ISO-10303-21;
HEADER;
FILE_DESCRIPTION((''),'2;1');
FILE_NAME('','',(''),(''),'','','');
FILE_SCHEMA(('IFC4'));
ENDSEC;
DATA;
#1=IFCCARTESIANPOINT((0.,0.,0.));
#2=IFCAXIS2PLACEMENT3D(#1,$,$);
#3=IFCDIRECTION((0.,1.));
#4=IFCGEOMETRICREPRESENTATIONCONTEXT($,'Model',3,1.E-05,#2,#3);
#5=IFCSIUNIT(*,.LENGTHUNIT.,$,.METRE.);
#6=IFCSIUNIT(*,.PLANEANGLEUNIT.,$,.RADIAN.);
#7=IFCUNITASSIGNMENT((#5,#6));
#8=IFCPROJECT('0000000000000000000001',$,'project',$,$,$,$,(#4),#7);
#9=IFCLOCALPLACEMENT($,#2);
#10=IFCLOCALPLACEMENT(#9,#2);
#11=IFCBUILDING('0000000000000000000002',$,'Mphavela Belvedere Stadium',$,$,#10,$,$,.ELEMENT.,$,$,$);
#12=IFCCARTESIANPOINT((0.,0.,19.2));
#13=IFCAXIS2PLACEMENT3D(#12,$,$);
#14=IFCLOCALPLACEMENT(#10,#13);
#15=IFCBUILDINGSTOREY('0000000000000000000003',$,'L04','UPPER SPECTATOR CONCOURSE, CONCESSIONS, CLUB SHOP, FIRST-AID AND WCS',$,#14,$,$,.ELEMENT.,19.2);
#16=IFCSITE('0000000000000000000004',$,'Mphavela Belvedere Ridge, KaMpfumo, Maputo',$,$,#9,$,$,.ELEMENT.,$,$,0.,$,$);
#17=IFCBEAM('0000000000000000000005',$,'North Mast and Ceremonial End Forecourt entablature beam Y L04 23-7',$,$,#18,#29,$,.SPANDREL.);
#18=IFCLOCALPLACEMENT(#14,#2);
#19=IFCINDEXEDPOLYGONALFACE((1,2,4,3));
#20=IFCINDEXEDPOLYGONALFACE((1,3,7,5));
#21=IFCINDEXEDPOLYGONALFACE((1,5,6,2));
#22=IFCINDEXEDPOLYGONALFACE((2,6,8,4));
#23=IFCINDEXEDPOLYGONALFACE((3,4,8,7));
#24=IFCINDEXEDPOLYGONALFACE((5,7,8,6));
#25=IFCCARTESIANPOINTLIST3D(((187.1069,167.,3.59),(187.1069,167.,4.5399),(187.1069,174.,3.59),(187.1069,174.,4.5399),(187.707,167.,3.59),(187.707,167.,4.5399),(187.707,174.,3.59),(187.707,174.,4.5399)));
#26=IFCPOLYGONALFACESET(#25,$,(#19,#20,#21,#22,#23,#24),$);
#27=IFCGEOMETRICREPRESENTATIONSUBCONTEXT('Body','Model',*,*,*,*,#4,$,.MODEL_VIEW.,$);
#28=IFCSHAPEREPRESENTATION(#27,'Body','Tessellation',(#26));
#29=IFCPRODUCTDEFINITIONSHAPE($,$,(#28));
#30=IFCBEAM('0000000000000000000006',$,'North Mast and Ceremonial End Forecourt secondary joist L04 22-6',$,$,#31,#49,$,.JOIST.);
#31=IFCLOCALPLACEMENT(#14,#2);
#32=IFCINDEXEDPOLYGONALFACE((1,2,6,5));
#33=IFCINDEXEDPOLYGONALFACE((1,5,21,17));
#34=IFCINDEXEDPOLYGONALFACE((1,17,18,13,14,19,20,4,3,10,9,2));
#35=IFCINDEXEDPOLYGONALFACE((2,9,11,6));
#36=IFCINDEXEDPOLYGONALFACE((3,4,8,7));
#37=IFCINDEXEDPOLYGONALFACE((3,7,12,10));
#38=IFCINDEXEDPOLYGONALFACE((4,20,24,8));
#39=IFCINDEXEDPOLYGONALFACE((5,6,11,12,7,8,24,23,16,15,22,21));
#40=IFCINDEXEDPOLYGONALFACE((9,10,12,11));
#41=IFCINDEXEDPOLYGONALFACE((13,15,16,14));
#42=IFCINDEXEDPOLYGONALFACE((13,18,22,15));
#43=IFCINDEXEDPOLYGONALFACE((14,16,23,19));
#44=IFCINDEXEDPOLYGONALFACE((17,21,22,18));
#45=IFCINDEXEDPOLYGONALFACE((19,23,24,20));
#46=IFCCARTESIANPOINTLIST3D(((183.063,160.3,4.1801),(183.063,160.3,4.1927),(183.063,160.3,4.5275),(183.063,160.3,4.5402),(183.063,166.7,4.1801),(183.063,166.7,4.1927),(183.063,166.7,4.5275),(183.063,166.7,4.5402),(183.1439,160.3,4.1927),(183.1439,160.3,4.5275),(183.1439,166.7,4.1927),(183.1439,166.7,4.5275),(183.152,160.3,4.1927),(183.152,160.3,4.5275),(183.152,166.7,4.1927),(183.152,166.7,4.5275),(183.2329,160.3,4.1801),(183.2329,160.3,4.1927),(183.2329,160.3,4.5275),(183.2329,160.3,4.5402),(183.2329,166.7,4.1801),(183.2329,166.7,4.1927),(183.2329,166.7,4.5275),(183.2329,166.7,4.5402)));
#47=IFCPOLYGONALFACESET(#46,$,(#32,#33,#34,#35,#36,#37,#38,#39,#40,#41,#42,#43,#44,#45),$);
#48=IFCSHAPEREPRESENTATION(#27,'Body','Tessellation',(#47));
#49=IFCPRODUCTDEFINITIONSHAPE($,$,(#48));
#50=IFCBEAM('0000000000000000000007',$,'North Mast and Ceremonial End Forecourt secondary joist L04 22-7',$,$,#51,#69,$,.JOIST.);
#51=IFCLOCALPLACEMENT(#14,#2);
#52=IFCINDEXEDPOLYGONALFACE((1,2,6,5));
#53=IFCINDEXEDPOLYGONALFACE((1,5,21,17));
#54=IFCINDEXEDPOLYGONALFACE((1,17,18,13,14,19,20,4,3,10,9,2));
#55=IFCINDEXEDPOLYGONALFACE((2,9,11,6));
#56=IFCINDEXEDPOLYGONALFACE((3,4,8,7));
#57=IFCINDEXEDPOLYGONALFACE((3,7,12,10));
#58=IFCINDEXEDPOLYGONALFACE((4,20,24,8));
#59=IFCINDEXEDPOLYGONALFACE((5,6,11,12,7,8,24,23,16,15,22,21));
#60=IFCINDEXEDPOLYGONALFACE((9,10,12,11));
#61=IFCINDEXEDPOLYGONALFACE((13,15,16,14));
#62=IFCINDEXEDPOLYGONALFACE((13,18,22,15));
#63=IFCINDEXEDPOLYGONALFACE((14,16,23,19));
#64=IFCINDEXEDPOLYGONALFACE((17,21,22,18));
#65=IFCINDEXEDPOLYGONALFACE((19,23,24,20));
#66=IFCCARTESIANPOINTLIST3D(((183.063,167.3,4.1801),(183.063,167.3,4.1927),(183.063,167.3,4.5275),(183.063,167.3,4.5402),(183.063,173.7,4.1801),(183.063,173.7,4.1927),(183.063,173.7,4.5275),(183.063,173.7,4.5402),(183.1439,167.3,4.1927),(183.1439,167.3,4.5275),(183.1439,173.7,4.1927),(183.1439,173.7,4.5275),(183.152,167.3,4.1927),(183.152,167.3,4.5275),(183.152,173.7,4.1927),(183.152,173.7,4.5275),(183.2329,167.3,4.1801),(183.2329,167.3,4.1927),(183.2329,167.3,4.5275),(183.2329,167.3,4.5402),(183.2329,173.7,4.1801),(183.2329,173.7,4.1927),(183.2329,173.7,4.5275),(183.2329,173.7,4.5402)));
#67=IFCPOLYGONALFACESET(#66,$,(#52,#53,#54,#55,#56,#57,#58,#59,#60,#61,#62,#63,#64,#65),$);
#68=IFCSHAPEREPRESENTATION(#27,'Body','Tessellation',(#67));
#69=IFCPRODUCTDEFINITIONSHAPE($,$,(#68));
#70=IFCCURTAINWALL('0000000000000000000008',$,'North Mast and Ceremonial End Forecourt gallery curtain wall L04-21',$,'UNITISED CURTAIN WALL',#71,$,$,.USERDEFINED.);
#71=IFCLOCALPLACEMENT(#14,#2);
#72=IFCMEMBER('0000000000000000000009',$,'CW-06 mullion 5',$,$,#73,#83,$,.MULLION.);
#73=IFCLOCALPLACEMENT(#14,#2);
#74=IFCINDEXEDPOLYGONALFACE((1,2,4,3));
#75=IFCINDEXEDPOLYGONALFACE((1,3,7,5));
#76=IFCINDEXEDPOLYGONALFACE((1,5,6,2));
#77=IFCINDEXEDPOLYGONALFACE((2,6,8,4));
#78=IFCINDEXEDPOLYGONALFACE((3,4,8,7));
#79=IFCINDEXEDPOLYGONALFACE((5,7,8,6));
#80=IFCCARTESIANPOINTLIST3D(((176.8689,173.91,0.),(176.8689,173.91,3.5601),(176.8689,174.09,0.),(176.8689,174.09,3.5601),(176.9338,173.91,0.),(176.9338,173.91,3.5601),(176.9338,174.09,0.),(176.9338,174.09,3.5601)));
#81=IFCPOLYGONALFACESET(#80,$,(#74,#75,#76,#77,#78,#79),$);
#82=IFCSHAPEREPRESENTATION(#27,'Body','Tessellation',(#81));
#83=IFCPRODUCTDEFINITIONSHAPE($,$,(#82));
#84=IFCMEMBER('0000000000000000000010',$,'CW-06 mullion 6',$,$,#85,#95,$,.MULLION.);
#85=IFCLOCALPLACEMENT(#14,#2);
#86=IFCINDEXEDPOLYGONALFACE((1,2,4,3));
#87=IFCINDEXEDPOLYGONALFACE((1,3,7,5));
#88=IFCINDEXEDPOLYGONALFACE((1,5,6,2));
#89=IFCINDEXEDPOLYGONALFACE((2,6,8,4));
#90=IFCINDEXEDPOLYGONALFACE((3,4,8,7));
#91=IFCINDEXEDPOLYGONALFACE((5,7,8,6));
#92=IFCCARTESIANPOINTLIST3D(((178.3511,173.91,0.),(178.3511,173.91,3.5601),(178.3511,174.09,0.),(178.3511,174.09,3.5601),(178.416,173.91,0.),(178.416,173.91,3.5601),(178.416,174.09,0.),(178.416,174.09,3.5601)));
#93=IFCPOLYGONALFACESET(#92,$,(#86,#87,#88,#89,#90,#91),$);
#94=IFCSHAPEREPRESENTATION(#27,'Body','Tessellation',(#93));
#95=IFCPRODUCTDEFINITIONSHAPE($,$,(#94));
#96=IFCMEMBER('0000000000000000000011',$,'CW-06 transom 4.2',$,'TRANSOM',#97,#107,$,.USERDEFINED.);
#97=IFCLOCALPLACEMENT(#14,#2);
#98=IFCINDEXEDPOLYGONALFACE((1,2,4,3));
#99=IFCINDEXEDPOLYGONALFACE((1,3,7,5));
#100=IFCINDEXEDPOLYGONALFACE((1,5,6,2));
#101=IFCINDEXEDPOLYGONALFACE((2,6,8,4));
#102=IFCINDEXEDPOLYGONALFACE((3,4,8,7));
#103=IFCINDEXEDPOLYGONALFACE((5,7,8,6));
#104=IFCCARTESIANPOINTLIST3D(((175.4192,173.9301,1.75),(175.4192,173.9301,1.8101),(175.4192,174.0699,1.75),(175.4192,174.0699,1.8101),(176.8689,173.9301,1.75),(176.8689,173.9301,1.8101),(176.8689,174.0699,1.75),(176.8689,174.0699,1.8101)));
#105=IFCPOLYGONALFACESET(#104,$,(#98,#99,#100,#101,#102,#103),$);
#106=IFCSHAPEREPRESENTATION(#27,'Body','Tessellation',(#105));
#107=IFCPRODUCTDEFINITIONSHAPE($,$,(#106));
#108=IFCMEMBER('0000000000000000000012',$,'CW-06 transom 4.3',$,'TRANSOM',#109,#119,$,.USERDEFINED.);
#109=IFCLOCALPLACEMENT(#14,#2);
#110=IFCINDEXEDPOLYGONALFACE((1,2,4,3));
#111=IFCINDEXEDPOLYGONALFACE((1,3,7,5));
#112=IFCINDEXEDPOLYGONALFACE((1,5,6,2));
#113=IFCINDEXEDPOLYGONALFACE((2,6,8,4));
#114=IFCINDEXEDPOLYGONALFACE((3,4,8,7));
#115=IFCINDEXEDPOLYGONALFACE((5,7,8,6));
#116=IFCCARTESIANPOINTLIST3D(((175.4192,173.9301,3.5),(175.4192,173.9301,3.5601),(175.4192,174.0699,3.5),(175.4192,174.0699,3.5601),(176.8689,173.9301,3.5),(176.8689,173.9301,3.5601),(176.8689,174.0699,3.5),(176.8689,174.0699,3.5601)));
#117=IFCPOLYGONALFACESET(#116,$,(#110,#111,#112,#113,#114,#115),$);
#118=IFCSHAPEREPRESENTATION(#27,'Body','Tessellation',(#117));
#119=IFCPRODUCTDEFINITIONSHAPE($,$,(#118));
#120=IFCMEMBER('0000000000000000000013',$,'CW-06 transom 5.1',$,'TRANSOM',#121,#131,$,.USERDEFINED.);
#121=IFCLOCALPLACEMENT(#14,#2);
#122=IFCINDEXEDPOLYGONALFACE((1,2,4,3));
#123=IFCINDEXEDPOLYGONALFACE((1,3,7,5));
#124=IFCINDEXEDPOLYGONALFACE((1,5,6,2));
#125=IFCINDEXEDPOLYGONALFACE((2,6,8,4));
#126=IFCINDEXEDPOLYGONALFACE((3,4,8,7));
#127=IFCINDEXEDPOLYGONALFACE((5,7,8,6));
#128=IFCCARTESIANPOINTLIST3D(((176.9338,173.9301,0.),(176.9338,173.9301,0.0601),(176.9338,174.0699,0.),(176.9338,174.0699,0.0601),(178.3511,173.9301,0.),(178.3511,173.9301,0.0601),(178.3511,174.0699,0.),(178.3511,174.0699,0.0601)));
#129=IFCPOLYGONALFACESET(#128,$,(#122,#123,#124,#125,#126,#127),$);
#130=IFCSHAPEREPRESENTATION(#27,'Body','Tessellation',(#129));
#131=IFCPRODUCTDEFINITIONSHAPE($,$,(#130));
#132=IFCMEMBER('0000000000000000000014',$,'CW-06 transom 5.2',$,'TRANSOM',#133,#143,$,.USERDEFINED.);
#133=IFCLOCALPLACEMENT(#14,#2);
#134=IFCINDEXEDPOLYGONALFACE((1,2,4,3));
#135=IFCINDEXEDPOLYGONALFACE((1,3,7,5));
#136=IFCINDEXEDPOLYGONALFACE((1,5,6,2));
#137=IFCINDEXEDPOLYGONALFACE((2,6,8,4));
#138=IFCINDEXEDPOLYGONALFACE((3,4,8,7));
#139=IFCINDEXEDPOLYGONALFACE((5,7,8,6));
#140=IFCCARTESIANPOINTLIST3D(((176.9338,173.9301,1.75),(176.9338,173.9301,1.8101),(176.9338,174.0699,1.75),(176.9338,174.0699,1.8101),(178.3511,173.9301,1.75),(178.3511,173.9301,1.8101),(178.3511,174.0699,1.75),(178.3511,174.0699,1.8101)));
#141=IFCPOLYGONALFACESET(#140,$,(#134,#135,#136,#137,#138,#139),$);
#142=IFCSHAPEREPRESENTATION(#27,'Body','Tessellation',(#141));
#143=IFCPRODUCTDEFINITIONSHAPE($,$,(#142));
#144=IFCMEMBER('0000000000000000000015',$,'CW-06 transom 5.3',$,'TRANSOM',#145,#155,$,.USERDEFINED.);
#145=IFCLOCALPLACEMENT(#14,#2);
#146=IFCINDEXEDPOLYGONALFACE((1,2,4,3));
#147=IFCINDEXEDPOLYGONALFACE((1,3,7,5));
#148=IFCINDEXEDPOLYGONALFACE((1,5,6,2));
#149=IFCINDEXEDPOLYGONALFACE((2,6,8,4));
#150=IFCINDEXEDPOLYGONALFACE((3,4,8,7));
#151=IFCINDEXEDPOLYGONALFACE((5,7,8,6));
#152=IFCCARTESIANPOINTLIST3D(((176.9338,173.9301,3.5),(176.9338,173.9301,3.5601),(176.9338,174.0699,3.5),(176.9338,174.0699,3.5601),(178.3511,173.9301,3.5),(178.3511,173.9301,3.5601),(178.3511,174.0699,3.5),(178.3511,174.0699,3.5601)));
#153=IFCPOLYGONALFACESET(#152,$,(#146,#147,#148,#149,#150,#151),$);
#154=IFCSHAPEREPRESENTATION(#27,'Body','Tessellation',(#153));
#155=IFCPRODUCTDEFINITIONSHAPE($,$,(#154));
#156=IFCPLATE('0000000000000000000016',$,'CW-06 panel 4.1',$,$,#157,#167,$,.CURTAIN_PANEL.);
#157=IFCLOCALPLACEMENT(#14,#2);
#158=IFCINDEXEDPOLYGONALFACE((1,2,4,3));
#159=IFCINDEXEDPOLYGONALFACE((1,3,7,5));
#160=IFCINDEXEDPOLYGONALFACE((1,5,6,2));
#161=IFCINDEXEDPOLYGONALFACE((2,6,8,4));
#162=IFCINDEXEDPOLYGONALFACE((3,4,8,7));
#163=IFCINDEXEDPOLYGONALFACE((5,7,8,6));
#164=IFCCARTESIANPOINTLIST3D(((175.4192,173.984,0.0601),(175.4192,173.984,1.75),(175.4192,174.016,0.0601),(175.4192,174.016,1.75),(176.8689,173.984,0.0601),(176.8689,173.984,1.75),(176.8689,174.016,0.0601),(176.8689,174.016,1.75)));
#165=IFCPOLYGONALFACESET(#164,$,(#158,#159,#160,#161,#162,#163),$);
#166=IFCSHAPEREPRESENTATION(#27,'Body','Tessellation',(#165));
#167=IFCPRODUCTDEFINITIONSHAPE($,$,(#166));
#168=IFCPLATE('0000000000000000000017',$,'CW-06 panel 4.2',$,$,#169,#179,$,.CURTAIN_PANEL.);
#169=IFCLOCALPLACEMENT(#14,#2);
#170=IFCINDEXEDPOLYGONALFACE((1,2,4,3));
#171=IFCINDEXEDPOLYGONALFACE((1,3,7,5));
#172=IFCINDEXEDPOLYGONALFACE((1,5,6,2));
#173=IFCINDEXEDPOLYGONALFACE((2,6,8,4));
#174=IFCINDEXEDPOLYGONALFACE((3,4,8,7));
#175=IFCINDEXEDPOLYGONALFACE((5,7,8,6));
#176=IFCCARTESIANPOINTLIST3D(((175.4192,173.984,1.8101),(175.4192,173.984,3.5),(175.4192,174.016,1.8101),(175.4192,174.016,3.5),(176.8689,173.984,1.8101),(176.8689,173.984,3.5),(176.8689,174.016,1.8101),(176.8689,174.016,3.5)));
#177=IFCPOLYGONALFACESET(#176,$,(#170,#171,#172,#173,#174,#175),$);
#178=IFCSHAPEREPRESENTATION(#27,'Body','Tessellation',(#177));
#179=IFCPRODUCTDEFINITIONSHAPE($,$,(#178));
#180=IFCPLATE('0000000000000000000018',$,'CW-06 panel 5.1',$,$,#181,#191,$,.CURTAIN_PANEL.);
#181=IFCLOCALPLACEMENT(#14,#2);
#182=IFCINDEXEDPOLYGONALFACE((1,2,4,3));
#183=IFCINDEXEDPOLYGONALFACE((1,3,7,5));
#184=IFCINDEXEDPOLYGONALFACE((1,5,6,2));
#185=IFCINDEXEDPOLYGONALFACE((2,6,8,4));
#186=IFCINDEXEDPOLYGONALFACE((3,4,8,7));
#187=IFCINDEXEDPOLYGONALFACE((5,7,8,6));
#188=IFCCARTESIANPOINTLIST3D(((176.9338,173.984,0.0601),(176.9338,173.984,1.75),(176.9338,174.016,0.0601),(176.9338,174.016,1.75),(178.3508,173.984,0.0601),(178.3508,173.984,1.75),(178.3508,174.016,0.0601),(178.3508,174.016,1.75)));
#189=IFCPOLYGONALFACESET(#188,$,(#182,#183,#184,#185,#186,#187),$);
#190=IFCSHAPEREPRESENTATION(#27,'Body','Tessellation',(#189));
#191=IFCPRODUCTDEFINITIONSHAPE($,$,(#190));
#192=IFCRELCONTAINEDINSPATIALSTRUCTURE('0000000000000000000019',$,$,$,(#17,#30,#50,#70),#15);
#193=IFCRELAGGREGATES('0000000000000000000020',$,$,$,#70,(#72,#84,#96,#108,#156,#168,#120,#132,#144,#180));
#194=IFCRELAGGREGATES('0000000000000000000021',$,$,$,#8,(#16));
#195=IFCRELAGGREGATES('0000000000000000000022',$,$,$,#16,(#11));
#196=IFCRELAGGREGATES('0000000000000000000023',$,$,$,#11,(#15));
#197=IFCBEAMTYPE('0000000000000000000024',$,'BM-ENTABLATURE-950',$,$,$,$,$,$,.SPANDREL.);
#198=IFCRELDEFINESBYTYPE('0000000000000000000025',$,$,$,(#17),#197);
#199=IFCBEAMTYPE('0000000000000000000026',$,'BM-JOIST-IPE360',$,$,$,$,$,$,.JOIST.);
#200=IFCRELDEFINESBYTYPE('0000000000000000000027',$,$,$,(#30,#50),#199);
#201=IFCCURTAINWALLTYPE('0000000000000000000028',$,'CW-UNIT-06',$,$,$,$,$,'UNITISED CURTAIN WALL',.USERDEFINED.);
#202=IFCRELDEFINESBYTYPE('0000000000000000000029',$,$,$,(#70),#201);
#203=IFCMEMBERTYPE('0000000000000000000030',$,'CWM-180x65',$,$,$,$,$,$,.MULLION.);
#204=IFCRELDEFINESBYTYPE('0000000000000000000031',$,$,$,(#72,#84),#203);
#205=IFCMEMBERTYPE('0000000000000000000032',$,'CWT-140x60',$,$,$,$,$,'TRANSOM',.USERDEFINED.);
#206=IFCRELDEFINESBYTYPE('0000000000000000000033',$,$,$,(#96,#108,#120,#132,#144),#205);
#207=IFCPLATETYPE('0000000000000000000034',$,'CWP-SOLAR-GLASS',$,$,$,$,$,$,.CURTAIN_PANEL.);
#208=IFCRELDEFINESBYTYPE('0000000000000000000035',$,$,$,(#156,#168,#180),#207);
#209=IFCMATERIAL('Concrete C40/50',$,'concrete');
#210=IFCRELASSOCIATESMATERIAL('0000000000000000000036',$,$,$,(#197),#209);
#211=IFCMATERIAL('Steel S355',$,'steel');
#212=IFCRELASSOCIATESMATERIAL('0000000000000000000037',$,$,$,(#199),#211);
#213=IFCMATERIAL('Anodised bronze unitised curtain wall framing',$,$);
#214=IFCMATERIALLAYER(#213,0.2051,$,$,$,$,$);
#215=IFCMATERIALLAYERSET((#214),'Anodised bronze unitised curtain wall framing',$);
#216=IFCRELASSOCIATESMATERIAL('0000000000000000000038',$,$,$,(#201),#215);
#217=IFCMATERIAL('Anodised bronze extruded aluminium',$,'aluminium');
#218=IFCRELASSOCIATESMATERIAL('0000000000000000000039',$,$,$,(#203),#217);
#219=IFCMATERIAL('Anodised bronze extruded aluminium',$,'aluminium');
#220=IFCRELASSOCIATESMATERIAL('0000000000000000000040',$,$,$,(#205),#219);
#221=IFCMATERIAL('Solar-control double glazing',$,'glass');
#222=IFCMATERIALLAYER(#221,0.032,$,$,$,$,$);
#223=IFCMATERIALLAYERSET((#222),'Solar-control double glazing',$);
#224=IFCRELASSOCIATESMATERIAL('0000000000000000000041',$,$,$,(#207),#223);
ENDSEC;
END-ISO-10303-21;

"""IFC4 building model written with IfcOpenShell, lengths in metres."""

from ifc_helpers import new_model, si_unit, direction, frame, origin, origin_2d, place, context, subcontext, project, spatial, rectangle, i_section, extrude, material, layer, layer_set, material_profile, profile_set, type_object, element, aggregate, save


model = new_model("IFC4")

# Units and contexts
model_context = context("Model", 3, precision=1e-05, world=origin(), true_north=direction((0.0, 1.0)))
body_context = subcontext(model_context, "Body", "Model", "MODEL_VIEW")
ifc_project = project(units=[si_unit("LENGTHUNIT", "METRE"), si_unit("PLANEANGLEUNIT", "RADIAN")], contexts=[model_context])

# Site, building, storey
site_placement = place(None, origin())
site = spatial("IfcSite", under=ifc_project, at=site_placement, Name="Mphavela Belvedere Ridge, KaMpfumo, Maputo", CompositionType="ELEMENT", RefElevation=0.0)
building_placement = place(site_placement, origin())
building = spatial("IfcBuilding", under=site, at=building_placement, Name="Mphavela Belvedere Stadium", CompositionType="ELEMENT")
storey_placement = place(building_placement, frame((0.0, 0.0, 19.2)))
storey = spatial("IfcBuildingStorey", under=building, at=storey_placement, Name="L04", Description="UPPER SPECTATOR CONCOURSE, CONCESSIONS, CLUB SHOP, FIRST-AID AND WCS", CompositionType="ELEMENT", Elevation=19.2)

# Beams
ifc_material_1 = material(Name="Concrete C40/50", Category="concrete")
ifc_material_profile_1 = material_profile(ifc_material_1, rectangle(XDim=0.6001, YDim=0.95, at=origin_2d()), Name="RC 600x950")
ifc_profile_set_1 = profile_set([ifc_material_profile_1], Name="Concrete C40/50")
beam_type_1 = type_object("IfcBeamType", Name="BM-ENTABLATURE-950", PredefinedType="SPANDREL", material=ifc_profile_set_1)
beam_1_placement = place(storey_placement, frame((187.407, 167.0, 4.0649), z_axis=(0.0, 1.0, 0.0), x_axis=(-1.0, 0.0, 0.0)))
element("IfcBeam", 1, at=beam_1_placement, inside=storey, type_object=beam_type_1, Name="North Mast and Ceremonial End Forecourt entablature beam Y L04 23-7", PredefinedType="SPANDREL", context=body_context, shape_type="SweptSolid", body=[
    extrude(rectangle(XDim=0.6001, YDim=0.95, at=origin_2d()), origin(), (0.0, 0.0, 1.0), 7.0),
])
ifc_material_2 = material(Name="Steel S355", Category="steel")
ifc_material_profile_2 = material_profile(ifc_material_2, i_section(OverallWidth=0.1699, OverallDepth=0.3601, WebThickness=0.0081, FlangeThickness=0.0127, at=origin_2d()), Name="IPE 360")
ifc_profile_set_2 = profile_set([ifc_material_profile_2], Name="Steel S355")
beam_type_2 = type_object("IfcBeamType", Name="BM-JOIST-IPE360", PredefinedType="JOIST", material=ifc_profile_set_2)
for number, where, z_axis, x_axis, name in (
    (2, (183.1479, 160.3, 4.3601), (0.0, 1.0, 0.0), (-1.0, 0.0, 0.0), "North Mast and Ceremonial End Forecourt secondary joist L04 22-6"),
    (3, (183.1479, 167.3, 4.3601), (0.0, 1.0, 0.0), (-1.0, 0.0, 0.0), "North Mast and Ceremonial End Forecourt secondary joist L04 22-7"),
):
    element("IfcBeam", number, at=place(storey_placement, frame(where, z_axis=z_axis, x_axis=x_axis)), inside=storey, type_object=beam_type_2, Name=name, PredefinedType="JOIST", context=body_context, shape_type="SweptSolid", body=[
        extrude(i_section(OverallWidth=0.1699, OverallDepth=0.3601, WebThickness=0.0081, FlangeThickness=0.0127, at=origin_2d()), origin(), (0.0, 0.0, 1.0), 6.3999),
    ])

# Curtain wall, members, plates
ifc_material_3 = material(Name="Anodised bronze unitised curtain wall framing")
ifc_layer_1 = layer(ifc_material_3, 0.2051)
ifc_layer_set_1 = layer_set([ifc_layer_1], Name="Anodised bronze unitised curtain wall framing")
curtain_wall_type = type_object("IfcCurtainWallType", Name="CW-UNIT-06", ElementType="UNITISED CURTAIN WALL", PredefinedType="USERDEFINED", material=ifc_layer_set_1)
curtain_wall_placement = place(storey_placement, origin())
curtain_wall = element("IfcCurtainWall", 4, at=curtain_wall_placement, inside=storey, type_object=curtain_wall_type, Name="North Mast and Ceremonial End Forecourt gallery curtain wall L04-21", ObjectType="UNITISED CURTAIN WALL", PredefinedType="USERDEFINED")
ifc_material_4 = material(Name="Anodised bronze extruded aluminium", Category="aluminium")
ifc_material_profile_3 = material_profile(ifc_material_4, rectangle(XDim=0.1799, YDim=0.0649, at=origin_2d()), Name="CW-MUL 180x65")
ifc_profile_set_3 = profile_set([ifc_material_profile_3], Name="Anodised bronze extruded aluminium")
member_type_1 = type_object("IfcMemberType", Name="CWM-180x65", PredefinedType="MULLION", material=ifc_profile_set_3)
member_1_placement = place(storey_placement, frame((176.9014, 174.0, 0.0), z_axis=(0.0, 0.0, 1.0), x_axis=(0.0, 1.0, 0.0)))
member_1 = element("IfcMember", 5, at=member_1_placement, type_object=member_type_1, Name="CW-06 mullion 5", PredefinedType="MULLION", context=body_context, shape_type="SweptSolid", body=[
    extrude(rectangle(XDim=0.1799, YDim=0.0649, at=origin_2d()), origin(), (0.0, 0.0, 1.0), 3.5601),
])
member_2_placement = place(storey_placement, frame((178.3835, 174.0, 0.0), z_axis=(0.0, 0.0, 1.0), x_axis=(0.0, 1.0, 0.0)))
member_2 = element("IfcMember", 6, at=member_2_placement, type_object=member_type_1, Name="CW-06 mullion 6", PredefinedType="MULLION", context=body_context, shape_type="SweptSolid", body=[
    extrude(rectangle(XDim=0.1799, YDim=0.0649, at=origin_2d()), origin(), (0.0, 0.0, 1.0), 3.5601),
])
ifc_material_5 = material(Name="Anodised bronze extruded aluminium", Category="aluminium")
ifc_material_profile_4 = material_profile(ifc_material_5, rectangle(XDim=0.1399, YDim=0.0601, at=origin_2d()), Name="CW-TRN 140x60")
ifc_profile_set_4 = profile_set([ifc_material_profile_4], Name="Anodised bronze extruded aluminium")
member_type_2 = type_object("IfcMemberType", Name="CWT-140x60", ElementType="TRANSOM", PredefinedType="USERDEFINED", material=ifc_profile_set_4)
member_3_placement = place(storey_placement, frame((175.4192, 174.0, 1.78), z_axis=(1.0, 0.0, 0.0), x_axis=(0.0, 1.0, 0.0)))
member_3 = element("IfcMember", 7, at=member_3_placement, type_object=member_type_2, Name="CW-06 transom 4.2", ObjectType="TRANSOM", PredefinedType="USERDEFINED", context=body_context, shape_type="SweptSolid", body=[
    extrude(rectangle(XDim=0.1399, YDim=0.0601, at=origin_2d()), origin(), (0.0, 0.0, 1.0), 1.4497),
])
member_4_placement = place(storey_placement, frame((175.4192, 174.0, 3.53), z_axis=(1.0, 0.0, 0.0), x_axis=(0.0, 1.0, 0.0)))
member_4 = element("IfcMember", 8, at=member_4_placement, type_object=member_type_2, Name="CW-06 transom 4.3", ObjectType="TRANSOM", PredefinedType="USERDEFINED", context=body_context, shape_type="SweptSolid", body=[
    extrude(rectangle(XDim=0.1399, YDim=0.0601, at=origin_2d()), origin(), (0.0, 0.0, 1.0), 1.4497),
])
member_5_placement = place(storey_placement, frame((176.9338, 174.0, 0.03), z_axis=(1.0, 0.0, 0.0), x_axis=(0.0, 1.0, 0.0)))
member_5 = element("IfcMember", 9, at=member_5_placement, type_object=member_type_2, Name="CW-06 transom 5.1", ObjectType="TRANSOM", PredefinedType="USERDEFINED", context=body_context, shape_type="SweptSolid", body=[
    extrude(rectangle(XDim=0.1399, YDim=0.0601, at=origin_2d()), origin(), (0.0, 0.0, 1.0), 1.4172),
])
member_6_placement = place(storey_placement, frame((176.9338, 174.0, 1.78), z_axis=(1.0, 0.0, 0.0), x_axis=(0.0, 1.0, 0.0)))
member_6 = element("IfcMember", 10, at=member_6_placement, type_object=member_type_2, Name="CW-06 transom 5.2", ObjectType="TRANSOM", PredefinedType="USERDEFINED", context=body_context, shape_type="SweptSolid", body=[
    extrude(rectangle(XDim=0.1399, YDim=0.0601, at=origin_2d()), origin(), (0.0, 0.0, 1.0), 1.4172),
])
member_7_placement = place(storey_placement, frame((176.9338, 174.0, 3.53), z_axis=(1.0, 0.0, 0.0), x_axis=(0.0, 1.0, 0.0)))
member_7 = element("IfcMember", 11, at=member_7_placement, type_object=member_type_2, Name="CW-06 transom 5.3", ObjectType="TRANSOM", PredefinedType="USERDEFINED", context=body_context, shape_type="SweptSolid", body=[
    extrude(rectangle(XDim=0.1399, YDim=0.0601, at=origin_2d()), origin(), (0.0, 0.0, 1.0), 1.4172),
])
ifc_material_6 = material(Name="Solar-control double glazing", Category="glass")
ifc_layer_2 = layer(ifc_material_6, 0.032)
ifc_layer_set_2 = layer_set([ifc_layer_2], Name="Solar-control double glazing")
plate_type = type_object("IfcPlateType", Name="CWP-SOLAR-GLASS", PredefinedType="CURTAIN_PANEL", material=ifc_layer_set_2)
plate_1_placement = place(storey_placement, frame((176.144, 174.0, 0.0601), z_axis=(0.0, 0.0, 1.0), x_axis=(1.0, 0.0, 0.0)))
plate_1 = element("IfcPlate", 12, at=plate_1_placement, type_object=plate_type, Name="CW-06 panel 4.1", PredefinedType="CURTAIN_PANEL", context=body_context, shape_type="SweptSolid", body=[
    extrude(rectangle(XDim=1.4497, YDim=0.032, at=origin_2d()), origin(), (0.0, 0.0, 1.0), 1.6899),
])
plate_2_placement = place(storey_placement, frame((176.144, 174.0, 1.8101), z_axis=(0.0, 0.0, 1.0), x_axis=(1.0, 0.0, 0.0)))
plate_2 = element("IfcPlate", 13, at=plate_2_placement, type_object=plate_type, Name="CW-06 panel 4.2", PredefinedType="CURTAIN_PANEL", context=body_context, shape_type="SweptSolid", body=[
    extrude(rectangle(XDim=1.4497, YDim=0.032, at=origin_2d()), origin(), (0.0, 0.0, 1.0), 1.6899),
])
plate_3_placement = place(storey_placement, frame((177.6423, 174.0, 0.0601), z_axis=(0.0, 0.0, 1.0), x_axis=(1.0, 0.0, 0.0)))
plate_3 = element("IfcPlate", 14, at=plate_3_placement, type_object=plate_type, Name="CW-06 panel 5.1", PredefinedType="CURTAIN_PANEL", context=body_context, shape_type="SweptSolid", body=[
    extrude(rectangle(XDim=1.417, YDim=0.032, at=origin_2d()), origin(), (0.0, 0.0, 1.0), 1.6899),
])
aggregate(curtain_wall, [member_1, member_2, member_3, member_4, plate_1, plate_2, member_5, member_6, member_7, plate_3])

save(model, "model.ifc")
